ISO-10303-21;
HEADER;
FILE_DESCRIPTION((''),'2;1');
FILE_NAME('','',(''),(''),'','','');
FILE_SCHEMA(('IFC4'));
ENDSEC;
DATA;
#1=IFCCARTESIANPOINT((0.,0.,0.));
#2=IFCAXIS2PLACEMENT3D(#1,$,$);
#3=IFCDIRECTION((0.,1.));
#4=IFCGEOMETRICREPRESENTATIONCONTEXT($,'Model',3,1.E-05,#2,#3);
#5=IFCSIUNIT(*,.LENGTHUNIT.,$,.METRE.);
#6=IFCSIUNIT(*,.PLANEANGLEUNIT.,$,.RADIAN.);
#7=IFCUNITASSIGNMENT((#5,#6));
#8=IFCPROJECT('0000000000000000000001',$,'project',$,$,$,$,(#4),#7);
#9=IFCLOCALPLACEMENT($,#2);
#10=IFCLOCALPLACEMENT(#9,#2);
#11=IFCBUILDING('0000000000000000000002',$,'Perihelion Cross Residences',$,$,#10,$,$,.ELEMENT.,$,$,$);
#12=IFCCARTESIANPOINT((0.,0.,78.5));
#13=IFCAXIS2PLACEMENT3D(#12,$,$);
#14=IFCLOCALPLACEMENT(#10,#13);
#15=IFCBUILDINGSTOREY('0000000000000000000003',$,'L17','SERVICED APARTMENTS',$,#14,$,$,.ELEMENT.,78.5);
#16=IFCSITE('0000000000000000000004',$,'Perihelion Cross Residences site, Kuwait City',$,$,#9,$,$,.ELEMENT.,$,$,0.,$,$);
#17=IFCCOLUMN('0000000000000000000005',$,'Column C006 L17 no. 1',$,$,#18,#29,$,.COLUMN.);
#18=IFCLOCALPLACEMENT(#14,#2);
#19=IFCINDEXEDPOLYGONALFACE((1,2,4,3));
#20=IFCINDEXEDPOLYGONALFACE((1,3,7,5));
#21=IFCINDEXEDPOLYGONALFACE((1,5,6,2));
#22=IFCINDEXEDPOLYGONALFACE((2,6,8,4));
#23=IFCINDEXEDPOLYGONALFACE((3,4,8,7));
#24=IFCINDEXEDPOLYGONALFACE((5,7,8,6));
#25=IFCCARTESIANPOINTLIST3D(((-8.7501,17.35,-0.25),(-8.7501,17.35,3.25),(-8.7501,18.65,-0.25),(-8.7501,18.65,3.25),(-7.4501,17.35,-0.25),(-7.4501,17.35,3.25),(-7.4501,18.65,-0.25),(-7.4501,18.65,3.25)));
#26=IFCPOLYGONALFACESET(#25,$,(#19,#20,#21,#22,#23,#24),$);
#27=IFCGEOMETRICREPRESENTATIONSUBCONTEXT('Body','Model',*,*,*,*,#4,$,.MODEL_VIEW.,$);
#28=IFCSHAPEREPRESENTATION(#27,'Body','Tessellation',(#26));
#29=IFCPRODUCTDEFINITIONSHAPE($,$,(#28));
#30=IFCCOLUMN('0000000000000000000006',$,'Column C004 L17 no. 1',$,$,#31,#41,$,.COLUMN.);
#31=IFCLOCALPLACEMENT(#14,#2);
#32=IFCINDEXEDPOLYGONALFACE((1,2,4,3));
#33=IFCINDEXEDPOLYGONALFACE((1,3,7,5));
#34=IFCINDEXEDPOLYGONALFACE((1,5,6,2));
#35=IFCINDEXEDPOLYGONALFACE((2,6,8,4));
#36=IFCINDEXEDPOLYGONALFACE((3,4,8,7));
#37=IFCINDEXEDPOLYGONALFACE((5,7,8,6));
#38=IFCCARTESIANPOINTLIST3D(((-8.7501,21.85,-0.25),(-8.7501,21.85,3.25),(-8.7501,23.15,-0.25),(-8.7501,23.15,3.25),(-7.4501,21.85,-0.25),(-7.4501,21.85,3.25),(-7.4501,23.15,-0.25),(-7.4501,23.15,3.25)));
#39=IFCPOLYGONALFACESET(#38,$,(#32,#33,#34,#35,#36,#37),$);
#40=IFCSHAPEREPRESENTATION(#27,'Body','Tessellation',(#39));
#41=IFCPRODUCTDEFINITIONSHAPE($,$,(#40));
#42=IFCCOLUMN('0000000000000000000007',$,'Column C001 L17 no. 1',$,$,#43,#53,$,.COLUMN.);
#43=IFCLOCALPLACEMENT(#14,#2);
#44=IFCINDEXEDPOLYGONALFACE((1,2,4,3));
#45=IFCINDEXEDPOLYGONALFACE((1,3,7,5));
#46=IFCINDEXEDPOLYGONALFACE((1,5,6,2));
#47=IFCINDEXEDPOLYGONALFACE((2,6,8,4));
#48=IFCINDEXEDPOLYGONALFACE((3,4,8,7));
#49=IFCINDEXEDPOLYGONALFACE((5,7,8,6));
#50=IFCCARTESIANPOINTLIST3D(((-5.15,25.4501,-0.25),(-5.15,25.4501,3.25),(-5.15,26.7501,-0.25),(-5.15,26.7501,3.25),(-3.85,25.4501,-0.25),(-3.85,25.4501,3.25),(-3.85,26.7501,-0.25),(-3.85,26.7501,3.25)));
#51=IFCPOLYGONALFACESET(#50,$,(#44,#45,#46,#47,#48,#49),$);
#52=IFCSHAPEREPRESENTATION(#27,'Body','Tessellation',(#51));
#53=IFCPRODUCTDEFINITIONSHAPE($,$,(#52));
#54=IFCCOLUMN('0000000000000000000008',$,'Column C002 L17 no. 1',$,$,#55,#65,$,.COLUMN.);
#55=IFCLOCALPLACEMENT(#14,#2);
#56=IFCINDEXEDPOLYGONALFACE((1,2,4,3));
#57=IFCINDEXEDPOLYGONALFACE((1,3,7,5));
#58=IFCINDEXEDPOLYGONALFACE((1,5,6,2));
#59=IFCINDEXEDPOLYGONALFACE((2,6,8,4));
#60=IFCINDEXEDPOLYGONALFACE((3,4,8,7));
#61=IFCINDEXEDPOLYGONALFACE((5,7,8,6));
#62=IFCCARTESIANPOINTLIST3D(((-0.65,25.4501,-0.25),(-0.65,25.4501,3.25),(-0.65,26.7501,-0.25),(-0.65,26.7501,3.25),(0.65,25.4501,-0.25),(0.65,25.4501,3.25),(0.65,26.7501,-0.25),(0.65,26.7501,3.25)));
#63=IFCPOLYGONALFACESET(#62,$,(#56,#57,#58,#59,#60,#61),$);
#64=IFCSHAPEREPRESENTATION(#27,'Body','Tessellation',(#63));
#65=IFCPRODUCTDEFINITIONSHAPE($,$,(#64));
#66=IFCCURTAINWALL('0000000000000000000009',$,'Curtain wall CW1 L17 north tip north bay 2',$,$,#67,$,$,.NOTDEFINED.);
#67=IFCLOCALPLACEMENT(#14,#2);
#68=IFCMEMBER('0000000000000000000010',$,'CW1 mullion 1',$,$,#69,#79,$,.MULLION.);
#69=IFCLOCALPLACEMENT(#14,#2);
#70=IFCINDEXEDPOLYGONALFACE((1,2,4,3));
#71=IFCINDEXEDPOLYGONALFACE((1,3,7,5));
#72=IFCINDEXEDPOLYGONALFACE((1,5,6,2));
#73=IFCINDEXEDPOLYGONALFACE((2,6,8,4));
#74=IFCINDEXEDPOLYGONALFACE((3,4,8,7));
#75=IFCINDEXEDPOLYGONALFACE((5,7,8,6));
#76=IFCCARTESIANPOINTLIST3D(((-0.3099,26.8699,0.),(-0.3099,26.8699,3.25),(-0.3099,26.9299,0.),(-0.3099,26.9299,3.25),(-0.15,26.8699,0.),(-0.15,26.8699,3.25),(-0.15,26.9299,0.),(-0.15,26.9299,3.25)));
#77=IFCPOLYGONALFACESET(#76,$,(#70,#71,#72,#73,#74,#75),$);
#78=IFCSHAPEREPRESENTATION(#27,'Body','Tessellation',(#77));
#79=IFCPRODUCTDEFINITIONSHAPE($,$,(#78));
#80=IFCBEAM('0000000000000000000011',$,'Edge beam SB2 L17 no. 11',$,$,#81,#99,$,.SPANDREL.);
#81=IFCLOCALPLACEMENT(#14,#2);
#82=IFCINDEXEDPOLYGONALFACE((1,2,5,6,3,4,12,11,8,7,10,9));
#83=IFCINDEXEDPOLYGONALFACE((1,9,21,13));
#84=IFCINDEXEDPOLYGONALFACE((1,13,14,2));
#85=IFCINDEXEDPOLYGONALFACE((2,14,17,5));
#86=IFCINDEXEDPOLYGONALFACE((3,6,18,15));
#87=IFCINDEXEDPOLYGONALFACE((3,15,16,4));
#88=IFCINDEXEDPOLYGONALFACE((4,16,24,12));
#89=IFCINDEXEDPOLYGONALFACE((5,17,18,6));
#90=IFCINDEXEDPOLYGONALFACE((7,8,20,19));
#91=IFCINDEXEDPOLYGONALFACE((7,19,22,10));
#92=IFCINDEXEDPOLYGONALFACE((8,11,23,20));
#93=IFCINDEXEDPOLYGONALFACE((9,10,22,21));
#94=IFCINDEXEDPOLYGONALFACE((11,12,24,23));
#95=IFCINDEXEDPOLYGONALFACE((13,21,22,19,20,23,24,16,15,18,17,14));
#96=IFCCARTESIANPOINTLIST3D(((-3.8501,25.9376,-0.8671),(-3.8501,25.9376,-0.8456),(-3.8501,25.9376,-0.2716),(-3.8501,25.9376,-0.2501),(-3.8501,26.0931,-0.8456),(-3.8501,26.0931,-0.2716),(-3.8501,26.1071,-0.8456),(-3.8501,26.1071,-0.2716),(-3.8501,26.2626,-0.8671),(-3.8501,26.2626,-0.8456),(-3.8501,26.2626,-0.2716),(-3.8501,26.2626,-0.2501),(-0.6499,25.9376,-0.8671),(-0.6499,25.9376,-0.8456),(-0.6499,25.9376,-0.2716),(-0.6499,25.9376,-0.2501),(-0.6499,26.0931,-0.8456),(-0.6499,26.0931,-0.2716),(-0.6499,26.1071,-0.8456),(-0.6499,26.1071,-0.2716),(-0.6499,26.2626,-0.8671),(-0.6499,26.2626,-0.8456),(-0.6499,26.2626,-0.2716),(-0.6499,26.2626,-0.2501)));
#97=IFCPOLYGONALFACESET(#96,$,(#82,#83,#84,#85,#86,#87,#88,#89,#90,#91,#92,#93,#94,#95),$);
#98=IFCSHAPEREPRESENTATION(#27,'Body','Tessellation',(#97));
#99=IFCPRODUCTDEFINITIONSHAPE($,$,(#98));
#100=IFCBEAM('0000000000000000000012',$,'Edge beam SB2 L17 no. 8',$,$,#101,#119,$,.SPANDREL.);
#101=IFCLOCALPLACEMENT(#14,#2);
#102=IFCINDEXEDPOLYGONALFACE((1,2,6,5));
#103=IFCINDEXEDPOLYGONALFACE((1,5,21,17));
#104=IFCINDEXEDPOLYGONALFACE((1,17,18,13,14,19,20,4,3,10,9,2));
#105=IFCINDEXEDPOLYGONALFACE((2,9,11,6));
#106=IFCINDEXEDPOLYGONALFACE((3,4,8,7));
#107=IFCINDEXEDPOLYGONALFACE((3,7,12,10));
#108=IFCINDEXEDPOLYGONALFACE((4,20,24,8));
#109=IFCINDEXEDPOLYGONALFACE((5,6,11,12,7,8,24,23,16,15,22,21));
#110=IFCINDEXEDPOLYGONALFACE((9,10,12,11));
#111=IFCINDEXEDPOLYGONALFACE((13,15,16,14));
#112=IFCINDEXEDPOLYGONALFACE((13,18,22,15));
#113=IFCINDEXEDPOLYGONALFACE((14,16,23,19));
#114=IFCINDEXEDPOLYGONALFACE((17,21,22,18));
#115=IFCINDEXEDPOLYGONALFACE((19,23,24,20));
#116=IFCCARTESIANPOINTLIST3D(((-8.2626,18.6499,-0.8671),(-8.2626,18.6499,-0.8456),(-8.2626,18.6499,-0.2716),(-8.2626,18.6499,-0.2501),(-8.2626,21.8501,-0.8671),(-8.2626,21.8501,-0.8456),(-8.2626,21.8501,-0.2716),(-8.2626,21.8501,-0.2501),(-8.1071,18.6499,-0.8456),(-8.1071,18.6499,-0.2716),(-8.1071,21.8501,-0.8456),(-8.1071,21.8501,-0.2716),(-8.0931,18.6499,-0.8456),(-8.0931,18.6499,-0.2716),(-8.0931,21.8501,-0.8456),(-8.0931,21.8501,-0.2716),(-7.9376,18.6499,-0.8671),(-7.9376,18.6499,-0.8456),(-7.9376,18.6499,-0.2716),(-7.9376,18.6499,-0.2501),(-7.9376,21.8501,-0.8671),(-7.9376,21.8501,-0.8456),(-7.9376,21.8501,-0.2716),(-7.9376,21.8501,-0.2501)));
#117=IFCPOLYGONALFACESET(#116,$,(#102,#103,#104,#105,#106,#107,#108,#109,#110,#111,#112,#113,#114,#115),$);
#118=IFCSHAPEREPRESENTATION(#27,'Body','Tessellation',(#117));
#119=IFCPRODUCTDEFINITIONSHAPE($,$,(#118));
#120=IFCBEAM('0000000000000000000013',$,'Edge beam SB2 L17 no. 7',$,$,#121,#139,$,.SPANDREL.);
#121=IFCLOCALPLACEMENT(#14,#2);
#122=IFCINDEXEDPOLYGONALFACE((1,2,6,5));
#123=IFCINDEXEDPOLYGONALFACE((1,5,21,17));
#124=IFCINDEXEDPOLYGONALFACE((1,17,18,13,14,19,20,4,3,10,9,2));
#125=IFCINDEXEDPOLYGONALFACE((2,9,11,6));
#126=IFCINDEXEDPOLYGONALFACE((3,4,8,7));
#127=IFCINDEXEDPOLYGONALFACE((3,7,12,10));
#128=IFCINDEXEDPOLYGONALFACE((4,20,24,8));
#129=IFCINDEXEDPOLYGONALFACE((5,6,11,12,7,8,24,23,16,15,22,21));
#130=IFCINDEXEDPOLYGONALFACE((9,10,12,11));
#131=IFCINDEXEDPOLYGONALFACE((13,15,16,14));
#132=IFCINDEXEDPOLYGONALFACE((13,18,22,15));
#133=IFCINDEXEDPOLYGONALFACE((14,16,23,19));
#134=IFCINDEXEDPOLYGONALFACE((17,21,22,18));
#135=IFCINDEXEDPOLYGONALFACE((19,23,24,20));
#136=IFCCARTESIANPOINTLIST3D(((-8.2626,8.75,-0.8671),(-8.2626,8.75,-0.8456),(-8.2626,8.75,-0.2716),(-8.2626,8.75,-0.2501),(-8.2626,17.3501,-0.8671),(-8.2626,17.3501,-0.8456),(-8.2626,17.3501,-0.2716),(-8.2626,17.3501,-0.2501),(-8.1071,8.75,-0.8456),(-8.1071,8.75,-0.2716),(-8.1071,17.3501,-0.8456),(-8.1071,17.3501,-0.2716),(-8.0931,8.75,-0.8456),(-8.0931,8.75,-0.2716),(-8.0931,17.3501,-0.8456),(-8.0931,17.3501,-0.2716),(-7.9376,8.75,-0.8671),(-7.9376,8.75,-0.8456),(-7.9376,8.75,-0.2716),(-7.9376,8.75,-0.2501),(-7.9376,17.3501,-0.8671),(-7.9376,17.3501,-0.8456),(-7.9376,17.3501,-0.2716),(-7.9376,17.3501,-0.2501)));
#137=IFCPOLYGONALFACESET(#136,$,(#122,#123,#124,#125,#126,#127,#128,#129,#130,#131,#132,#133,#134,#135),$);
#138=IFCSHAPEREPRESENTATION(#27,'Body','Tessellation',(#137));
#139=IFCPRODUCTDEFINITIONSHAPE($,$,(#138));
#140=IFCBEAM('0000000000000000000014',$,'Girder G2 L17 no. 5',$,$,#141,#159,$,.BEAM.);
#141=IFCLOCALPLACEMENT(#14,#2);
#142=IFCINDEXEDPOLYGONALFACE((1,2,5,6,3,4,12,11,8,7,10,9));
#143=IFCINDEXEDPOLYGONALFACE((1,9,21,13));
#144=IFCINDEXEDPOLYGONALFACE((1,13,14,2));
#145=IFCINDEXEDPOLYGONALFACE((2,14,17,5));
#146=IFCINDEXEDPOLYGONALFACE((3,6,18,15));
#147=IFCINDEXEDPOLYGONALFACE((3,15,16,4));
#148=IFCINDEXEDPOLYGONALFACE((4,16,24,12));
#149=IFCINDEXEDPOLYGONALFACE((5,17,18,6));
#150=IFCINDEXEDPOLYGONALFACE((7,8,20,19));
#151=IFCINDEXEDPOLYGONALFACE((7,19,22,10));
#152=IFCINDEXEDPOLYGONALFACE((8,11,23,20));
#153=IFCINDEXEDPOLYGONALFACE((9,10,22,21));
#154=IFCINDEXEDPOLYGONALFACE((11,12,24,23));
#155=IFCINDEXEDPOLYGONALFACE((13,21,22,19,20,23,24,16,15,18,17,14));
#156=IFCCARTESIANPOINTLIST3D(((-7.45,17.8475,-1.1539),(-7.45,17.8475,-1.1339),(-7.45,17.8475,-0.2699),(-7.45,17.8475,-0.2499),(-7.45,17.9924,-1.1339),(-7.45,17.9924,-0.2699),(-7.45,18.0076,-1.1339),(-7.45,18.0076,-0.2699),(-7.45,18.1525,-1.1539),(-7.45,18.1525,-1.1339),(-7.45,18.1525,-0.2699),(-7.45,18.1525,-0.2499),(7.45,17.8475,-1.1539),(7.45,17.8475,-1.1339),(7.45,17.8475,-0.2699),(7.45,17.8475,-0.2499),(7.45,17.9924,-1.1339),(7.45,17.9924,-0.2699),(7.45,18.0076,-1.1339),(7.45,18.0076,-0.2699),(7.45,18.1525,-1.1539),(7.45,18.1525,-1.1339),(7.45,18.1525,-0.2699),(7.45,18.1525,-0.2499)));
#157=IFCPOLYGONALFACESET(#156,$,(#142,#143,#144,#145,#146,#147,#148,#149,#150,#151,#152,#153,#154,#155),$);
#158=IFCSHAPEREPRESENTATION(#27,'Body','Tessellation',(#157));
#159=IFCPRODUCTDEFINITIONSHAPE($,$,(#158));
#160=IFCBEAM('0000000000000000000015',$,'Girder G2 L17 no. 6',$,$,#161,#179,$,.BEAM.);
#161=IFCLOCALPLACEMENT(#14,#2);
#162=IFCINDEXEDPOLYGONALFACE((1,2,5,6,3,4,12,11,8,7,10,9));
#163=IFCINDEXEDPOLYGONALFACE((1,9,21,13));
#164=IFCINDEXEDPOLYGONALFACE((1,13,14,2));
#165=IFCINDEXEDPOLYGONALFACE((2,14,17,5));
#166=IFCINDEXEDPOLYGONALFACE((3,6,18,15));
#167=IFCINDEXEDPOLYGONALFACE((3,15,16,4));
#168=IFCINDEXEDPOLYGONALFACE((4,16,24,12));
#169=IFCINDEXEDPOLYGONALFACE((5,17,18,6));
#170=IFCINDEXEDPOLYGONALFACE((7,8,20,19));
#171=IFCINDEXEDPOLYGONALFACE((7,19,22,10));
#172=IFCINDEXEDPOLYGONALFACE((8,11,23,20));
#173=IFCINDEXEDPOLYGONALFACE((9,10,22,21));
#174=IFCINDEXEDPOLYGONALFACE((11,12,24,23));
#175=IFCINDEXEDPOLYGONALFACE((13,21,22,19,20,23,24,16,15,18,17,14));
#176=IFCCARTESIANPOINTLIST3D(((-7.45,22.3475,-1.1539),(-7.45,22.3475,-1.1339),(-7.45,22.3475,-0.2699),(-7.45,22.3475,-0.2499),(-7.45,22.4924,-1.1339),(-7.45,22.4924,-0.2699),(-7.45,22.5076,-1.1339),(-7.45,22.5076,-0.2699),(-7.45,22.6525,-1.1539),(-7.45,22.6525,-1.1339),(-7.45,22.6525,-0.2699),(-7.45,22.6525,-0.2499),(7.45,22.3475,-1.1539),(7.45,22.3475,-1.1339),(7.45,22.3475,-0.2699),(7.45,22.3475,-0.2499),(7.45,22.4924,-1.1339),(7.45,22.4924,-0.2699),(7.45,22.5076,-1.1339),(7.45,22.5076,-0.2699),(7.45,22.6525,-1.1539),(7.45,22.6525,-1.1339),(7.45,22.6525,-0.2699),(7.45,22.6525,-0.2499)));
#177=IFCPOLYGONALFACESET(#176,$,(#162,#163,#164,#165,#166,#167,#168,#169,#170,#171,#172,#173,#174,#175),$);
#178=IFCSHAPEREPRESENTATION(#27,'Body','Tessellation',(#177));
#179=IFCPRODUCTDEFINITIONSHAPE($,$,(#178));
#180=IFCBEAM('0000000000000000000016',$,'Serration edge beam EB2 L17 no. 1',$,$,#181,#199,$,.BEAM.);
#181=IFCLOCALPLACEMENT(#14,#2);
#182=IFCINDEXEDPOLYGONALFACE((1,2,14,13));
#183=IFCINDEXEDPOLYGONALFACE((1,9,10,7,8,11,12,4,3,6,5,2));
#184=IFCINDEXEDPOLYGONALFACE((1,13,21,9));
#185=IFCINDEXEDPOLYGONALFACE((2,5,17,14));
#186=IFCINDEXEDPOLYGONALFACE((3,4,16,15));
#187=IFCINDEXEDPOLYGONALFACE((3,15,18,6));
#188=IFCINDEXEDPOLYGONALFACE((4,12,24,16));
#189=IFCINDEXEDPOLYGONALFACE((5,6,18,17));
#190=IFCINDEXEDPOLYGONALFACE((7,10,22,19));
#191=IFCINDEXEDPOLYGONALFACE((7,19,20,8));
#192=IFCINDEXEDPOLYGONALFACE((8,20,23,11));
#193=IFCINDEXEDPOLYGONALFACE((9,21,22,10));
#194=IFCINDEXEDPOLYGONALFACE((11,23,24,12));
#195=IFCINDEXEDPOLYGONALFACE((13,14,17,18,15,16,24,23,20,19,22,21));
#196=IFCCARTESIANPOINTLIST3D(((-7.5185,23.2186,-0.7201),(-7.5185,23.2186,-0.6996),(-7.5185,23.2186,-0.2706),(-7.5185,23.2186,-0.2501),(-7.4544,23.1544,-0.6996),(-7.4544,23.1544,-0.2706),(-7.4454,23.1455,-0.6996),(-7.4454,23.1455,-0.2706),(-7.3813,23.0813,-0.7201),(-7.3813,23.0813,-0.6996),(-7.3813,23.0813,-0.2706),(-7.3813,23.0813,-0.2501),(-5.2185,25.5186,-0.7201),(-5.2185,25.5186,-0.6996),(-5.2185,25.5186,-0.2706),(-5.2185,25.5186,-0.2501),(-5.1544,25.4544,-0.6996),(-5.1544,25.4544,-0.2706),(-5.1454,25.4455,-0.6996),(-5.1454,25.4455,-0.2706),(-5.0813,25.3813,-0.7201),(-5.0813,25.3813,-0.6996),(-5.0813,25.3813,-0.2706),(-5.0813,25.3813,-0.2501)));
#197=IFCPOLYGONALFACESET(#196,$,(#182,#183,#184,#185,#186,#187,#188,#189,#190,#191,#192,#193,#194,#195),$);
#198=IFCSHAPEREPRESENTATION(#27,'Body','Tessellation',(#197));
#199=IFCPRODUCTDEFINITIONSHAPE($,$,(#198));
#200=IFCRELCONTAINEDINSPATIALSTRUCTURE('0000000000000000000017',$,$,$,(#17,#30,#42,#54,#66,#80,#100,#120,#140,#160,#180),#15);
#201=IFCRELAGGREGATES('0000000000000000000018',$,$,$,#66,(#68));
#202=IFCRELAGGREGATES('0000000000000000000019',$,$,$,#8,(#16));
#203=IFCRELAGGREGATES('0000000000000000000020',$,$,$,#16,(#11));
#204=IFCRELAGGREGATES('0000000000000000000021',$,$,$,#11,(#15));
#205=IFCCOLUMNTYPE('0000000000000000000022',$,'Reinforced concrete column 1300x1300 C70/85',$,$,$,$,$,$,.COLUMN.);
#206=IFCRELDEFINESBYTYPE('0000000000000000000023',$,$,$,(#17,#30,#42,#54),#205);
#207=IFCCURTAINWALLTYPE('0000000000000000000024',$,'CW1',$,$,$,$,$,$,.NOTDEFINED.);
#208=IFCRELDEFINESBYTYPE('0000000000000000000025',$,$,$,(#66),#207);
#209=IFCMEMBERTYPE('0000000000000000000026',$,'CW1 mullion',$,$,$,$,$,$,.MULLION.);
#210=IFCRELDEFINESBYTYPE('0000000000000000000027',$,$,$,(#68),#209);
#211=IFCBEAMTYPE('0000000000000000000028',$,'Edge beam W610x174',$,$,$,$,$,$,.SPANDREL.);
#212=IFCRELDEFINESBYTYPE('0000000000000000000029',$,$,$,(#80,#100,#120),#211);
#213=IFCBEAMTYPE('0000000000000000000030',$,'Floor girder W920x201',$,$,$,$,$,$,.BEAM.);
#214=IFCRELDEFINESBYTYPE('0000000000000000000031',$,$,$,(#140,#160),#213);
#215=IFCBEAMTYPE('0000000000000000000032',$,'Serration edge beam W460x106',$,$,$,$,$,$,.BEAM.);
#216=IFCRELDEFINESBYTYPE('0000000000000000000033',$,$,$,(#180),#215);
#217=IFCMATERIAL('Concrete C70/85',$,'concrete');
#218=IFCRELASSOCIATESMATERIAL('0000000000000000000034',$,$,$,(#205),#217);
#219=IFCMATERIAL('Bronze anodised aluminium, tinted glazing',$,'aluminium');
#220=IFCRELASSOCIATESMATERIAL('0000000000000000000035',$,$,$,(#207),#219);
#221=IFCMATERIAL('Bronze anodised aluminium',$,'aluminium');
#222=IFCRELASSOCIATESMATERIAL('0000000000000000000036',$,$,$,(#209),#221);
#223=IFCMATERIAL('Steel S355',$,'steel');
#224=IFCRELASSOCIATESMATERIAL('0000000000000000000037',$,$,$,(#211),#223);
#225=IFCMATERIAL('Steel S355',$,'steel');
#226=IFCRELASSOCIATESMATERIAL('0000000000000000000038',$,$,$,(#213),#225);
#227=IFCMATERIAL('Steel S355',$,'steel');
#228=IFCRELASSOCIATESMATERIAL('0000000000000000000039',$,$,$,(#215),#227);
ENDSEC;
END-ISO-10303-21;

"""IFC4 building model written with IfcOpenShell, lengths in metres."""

from ifc_helpers import new_model, si_unit, direction, frame, origin, origin_2d, place, context, subcontext, project, spatial, rectangle, i_section, extrude, material, material_profile, profile_set, type_object, element, aggregate, save


model = new_model("IFC4")

# Units and contexts
model_context = context("Model", 3, precision=1e-05, world=origin(), true_north=direction((0.0, 1.0)))
body_context = subcontext(model_context, "Body", "Model", "MODEL_VIEW")
ifc_project = project(units=[si_unit("LENGTHUNIT", "METRE"), si_unit("PLANEANGLEUNIT", "RADIAN")], contexts=[model_context])

# Site, building, storey
site_placement = place(None, origin())
site = spatial("IfcSite", under=ifc_project, at=site_placement, Name="Perihelion Cross Residences site, Kuwait City", CompositionType="ELEMENT", RefElevation=0.0)
building_placement = place(site_placement, origin())
building = spatial("IfcBuilding", under=site, at=building_placement, Name="Perihelion Cross Residences", CompositionType="ELEMENT")
storey_placement = place(building_placement, frame((0.0, 0.0, 78.5)))
storey = spatial("IfcBuildingStorey", under=building, at=storey_placement, Name="L17", Description="SERVICED APARTMENTS", CompositionType="ELEMENT", Elevation=78.5)

# Columns
ifc_material_1 = material(Name="Concrete C70/85", Category="concrete")
ifc_material_profile_1 = material_profile(ifc_material_1, rectangle(XDim=1.3, YDim=1.3, at=origin_2d()), Name="RC 1300x1300")
ifc_profile_set_1 = profile_set([ifc_material_profile_1], Name="Concrete C70/85")
column_type = type_object("IfcColumnType", Name="Reinforced concrete column 1300x1300 C70/85", PredefinedType="COLUMN", material=ifc_profile_set_1)
for number, where, z_axis, x_axis, name in (
    (1, (-8.1001, 18.0, -0.25), (0.0, 0.0, 1.0), (1.0, 0.0, 0.0), "Column C006 L17 no. 1"),
    (2, (-8.1001, 22.5, -0.25), (0.0, 0.0, 1.0), (1.0, 0.0, 0.0), "Column C004 L17 no. 1"),
    (3, (-4.5, 26.1001, -0.25), (0.0, 0.0, 1.0), (1.0, 0.0, 0.0), "Column C001 L17 no. 1"),
    (4, (0.0, 26.1001, -0.25), (0.0, 0.0, 1.0), (1.0, 0.0, 0.0), "Column C002 L17 no. 1"),
):
    element("IfcColumn", number, at=place(storey_placement, frame(where, z_axis=z_axis, x_axis=x_axis)), inside=storey, type_object=column_type, Name=name, PredefinedType="COLUMN", context=body_context, shape_type="SweptSolid", body=[
        extrude(rectangle(XDim=1.3, YDim=1.3, at=origin_2d()), origin(), (0.0, 0.0, 1.0), 3.5),
    ])

# Curtain wall, member
ifc_material_2 = material(Name="Bronze anodised aluminium, tinted glazing", Category="aluminium")
curtain_wall_type = type_object("IfcCurtainWallType", Name="CW1", PredefinedType="NOTDEFINED", material=ifc_material_2)
curtain_wall_placement = place(storey_placement, origin())
curtain_wall = element("IfcCurtainWall", 5, at=curtain_wall_placement, inside=storey, type_object=curtain_wall_type, Name="Curtain wall CW1 L17 north tip north bay 2", PredefinedType="NOTDEFINED")
ifc_material_3 = material(Name="Bronze anodised aluminium", Category="aluminium")
ifc_material_profile_2 = material_profile(ifc_material_3, rectangle(XDim=0.0601, YDim=0.1599, at=origin_2d()), Name="CW1 mullion")
ifc_profile_set_2 = profile_set([ifc_material_profile_2], Name="Bronze anodised aluminium")
member_type = type_object("IfcMemberType", Name="CW1 mullion", PredefinedType="MULLION", material=ifc_profile_set_2)
member_placement = place(storey_placement, frame((-0.23, 26.8999, 0.0), z_axis=(0.0, 0.0, 1.0), x_axis=(0.0, -1.0, 0.0)))
member = element("IfcMember", 6, at=member_placement, type_object=member_type, Name="CW1 mullion 1", PredefinedType="MULLION", context=body_context, shape_type="SweptSolid", body=[
    extrude(rectangle(XDim=0.0601, YDim=0.1599, at=origin_2d()), origin(), (0.0, 0.0, 1.0), 3.25),
])

# Beams
ifc_material_4 = material(Name="Steel S355", Category="steel")
ifc_material_profile_3 = material_profile(ifc_material_4, i_section(OverallWidth=0.325, OverallDepth=0.6169, WebThickness=0.0139, FlangeThickness=0.0215, at=origin_2d()), Name="W610x174")
ifc_profile_set_3 = profile_set([ifc_material_profile_3], Name="Steel S355")
beam_type_1 = type_object("IfcBeamType", Name="Edge beam W610x174", PredefinedType="SPANDREL", material=ifc_profile_set_3)
for number, where, z_axis, x_axis, name in (
    (7, (-0.6499, 26.1001, -0.5586), (-1.0, 0.0, 0.0), (0.0, -1.0, 0.0), "Edge beam SB2 L17 no. 11"),
    (8, (-8.1001, 21.8501, -0.5586), (0.0, -1.0, 0.0), (1.0, 0.0, 0.0), "Edge beam SB2 L17 no. 8"),
):
    element("IfcBeam", number, at=place(storey_placement, frame(where, z_axis=z_axis, x_axis=x_axis)), inside=storey, type_object=beam_type_1, Name=name, PredefinedType="SPANDREL", context=body_context, shape_type="SweptSolid", body=[
        extrude(i_section(OverallWidth=0.325, OverallDepth=0.6169, WebThickness=0.0139, FlangeThickness=0.0215, at=origin_2d()), origin(), (0.0, 0.0, 1.0), 3.2002),
    ])
beam_1_placement = place(storey_placement, frame((-8.1001, 17.3501, -0.5586), z_axis=(0.0, -1.0, 0.0), x_axis=(1.0, 0.0, 0.0)))
element("IfcBeam", 9, at=beam_1_placement, inside=storey, type_object=beam_type_1, Name="Edge beam SB2 L17 no. 7", PredefinedType="SPANDREL", context=body_context, shape_type="SweptSolid", body=[
    extrude(i_section(OverallWidth=0.325, OverallDepth=0.6169, WebThickness=0.0139, FlangeThickness=0.0215, at=origin_2d()), origin(), (0.0, 0.0, 1.0), 8.6001),
])
ifc_material_5 = material(Name="Steel S355", Category="steel")
ifc_material_profile_4 = material_profile(ifc_material_5, i_section(OverallWidth=0.3049, OverallDepth=0.9041, WebThickness=0.0151, FlangeThickness=0.02, at=origin_2d()), Name="W920x201")
ifc_profile_set_4 = profile_set([ifc_material_profile_4], Name="Steel S355")
beam_type_2 = type_object("IfcBeamType", Name="Floor girder W920x201", PredefinedType="BEAM", material=ifc_profile_set_4)
for number, where, z_axis, x_axis, name in (
    (10, (-7.45, 18.0, -0.7019), (1.0, 0.0, 0.0), (0.0, 1.0, 0.0), "Girder G2 L17 no. 5"),
    (11, (-7.45, 22.5, -0.7019), (1.0, 0.0, 0.0), (0.0, 1.0, 0.0), "Girder G2 L17 no. 6"),
):
    element("IfcBeam", number, at=place(storey_placement, frame(where, z_axis=z_axis, x_axis=x_axis)), inside=storey, type_object=beam_type_2, Name=name, PredefinedType="BEAM", context=body_context, shape_type="SweptSolid", body=[
        extrude(i_section(OverallWidth=0.3049, OverallDepth=0.9041, WebThickness=0.0151, FlangeThickness=0.02, at=origin_2d()), origin(), (0.0, 0.0, 1.0), 14.8999),
    ])
ifc_material_6 = material(Name="Steel S355", Category="steel")
ifc_material_profile_5 = material_profile(ifc_material_6, i_section(OverallWidth=0.1941, OverallDepth=0.47, WebThickness=0.0127, FlangeThickness=0.0205, at=origin_2d()), Name="W460x106")
ifc_profile_set_5 = profile_set([ifc_material_profile_5], Name="Steel S355")
beam_type_3 = type_object("IfcBeamType", Name="Serration edge beam W460x106", PredefinedType="BEAM", material=ifc_profile_set_5)
beam_2_placement = place(storey_placement, frame((-5.1499, 25.45, -0.4851), z_axis=(-0.707107, -0.707107, 0.0), x_axis=(0.707107, -0.707107, 0.0)))
element("IfcBeam", 12, at=beam_2_placement, inside=storey, type_object=beam_type_3, Name="Serration edge beam EB2 L17 no. 1", PredefinedType="BEAM", context=body_context, shape_type="SweptSolid", body=[
    extrude(i_section(OverallWidth=0.1941, OverallDepth=0.47, WebThickness=0.0127, FlangeThickness=0.0205, at=origin_2d()), origin(), (0.0, 0.0, 1.0), 3.2527),
])

aggregate(curtain_wall, [member])

save(model, "model.ifc")
